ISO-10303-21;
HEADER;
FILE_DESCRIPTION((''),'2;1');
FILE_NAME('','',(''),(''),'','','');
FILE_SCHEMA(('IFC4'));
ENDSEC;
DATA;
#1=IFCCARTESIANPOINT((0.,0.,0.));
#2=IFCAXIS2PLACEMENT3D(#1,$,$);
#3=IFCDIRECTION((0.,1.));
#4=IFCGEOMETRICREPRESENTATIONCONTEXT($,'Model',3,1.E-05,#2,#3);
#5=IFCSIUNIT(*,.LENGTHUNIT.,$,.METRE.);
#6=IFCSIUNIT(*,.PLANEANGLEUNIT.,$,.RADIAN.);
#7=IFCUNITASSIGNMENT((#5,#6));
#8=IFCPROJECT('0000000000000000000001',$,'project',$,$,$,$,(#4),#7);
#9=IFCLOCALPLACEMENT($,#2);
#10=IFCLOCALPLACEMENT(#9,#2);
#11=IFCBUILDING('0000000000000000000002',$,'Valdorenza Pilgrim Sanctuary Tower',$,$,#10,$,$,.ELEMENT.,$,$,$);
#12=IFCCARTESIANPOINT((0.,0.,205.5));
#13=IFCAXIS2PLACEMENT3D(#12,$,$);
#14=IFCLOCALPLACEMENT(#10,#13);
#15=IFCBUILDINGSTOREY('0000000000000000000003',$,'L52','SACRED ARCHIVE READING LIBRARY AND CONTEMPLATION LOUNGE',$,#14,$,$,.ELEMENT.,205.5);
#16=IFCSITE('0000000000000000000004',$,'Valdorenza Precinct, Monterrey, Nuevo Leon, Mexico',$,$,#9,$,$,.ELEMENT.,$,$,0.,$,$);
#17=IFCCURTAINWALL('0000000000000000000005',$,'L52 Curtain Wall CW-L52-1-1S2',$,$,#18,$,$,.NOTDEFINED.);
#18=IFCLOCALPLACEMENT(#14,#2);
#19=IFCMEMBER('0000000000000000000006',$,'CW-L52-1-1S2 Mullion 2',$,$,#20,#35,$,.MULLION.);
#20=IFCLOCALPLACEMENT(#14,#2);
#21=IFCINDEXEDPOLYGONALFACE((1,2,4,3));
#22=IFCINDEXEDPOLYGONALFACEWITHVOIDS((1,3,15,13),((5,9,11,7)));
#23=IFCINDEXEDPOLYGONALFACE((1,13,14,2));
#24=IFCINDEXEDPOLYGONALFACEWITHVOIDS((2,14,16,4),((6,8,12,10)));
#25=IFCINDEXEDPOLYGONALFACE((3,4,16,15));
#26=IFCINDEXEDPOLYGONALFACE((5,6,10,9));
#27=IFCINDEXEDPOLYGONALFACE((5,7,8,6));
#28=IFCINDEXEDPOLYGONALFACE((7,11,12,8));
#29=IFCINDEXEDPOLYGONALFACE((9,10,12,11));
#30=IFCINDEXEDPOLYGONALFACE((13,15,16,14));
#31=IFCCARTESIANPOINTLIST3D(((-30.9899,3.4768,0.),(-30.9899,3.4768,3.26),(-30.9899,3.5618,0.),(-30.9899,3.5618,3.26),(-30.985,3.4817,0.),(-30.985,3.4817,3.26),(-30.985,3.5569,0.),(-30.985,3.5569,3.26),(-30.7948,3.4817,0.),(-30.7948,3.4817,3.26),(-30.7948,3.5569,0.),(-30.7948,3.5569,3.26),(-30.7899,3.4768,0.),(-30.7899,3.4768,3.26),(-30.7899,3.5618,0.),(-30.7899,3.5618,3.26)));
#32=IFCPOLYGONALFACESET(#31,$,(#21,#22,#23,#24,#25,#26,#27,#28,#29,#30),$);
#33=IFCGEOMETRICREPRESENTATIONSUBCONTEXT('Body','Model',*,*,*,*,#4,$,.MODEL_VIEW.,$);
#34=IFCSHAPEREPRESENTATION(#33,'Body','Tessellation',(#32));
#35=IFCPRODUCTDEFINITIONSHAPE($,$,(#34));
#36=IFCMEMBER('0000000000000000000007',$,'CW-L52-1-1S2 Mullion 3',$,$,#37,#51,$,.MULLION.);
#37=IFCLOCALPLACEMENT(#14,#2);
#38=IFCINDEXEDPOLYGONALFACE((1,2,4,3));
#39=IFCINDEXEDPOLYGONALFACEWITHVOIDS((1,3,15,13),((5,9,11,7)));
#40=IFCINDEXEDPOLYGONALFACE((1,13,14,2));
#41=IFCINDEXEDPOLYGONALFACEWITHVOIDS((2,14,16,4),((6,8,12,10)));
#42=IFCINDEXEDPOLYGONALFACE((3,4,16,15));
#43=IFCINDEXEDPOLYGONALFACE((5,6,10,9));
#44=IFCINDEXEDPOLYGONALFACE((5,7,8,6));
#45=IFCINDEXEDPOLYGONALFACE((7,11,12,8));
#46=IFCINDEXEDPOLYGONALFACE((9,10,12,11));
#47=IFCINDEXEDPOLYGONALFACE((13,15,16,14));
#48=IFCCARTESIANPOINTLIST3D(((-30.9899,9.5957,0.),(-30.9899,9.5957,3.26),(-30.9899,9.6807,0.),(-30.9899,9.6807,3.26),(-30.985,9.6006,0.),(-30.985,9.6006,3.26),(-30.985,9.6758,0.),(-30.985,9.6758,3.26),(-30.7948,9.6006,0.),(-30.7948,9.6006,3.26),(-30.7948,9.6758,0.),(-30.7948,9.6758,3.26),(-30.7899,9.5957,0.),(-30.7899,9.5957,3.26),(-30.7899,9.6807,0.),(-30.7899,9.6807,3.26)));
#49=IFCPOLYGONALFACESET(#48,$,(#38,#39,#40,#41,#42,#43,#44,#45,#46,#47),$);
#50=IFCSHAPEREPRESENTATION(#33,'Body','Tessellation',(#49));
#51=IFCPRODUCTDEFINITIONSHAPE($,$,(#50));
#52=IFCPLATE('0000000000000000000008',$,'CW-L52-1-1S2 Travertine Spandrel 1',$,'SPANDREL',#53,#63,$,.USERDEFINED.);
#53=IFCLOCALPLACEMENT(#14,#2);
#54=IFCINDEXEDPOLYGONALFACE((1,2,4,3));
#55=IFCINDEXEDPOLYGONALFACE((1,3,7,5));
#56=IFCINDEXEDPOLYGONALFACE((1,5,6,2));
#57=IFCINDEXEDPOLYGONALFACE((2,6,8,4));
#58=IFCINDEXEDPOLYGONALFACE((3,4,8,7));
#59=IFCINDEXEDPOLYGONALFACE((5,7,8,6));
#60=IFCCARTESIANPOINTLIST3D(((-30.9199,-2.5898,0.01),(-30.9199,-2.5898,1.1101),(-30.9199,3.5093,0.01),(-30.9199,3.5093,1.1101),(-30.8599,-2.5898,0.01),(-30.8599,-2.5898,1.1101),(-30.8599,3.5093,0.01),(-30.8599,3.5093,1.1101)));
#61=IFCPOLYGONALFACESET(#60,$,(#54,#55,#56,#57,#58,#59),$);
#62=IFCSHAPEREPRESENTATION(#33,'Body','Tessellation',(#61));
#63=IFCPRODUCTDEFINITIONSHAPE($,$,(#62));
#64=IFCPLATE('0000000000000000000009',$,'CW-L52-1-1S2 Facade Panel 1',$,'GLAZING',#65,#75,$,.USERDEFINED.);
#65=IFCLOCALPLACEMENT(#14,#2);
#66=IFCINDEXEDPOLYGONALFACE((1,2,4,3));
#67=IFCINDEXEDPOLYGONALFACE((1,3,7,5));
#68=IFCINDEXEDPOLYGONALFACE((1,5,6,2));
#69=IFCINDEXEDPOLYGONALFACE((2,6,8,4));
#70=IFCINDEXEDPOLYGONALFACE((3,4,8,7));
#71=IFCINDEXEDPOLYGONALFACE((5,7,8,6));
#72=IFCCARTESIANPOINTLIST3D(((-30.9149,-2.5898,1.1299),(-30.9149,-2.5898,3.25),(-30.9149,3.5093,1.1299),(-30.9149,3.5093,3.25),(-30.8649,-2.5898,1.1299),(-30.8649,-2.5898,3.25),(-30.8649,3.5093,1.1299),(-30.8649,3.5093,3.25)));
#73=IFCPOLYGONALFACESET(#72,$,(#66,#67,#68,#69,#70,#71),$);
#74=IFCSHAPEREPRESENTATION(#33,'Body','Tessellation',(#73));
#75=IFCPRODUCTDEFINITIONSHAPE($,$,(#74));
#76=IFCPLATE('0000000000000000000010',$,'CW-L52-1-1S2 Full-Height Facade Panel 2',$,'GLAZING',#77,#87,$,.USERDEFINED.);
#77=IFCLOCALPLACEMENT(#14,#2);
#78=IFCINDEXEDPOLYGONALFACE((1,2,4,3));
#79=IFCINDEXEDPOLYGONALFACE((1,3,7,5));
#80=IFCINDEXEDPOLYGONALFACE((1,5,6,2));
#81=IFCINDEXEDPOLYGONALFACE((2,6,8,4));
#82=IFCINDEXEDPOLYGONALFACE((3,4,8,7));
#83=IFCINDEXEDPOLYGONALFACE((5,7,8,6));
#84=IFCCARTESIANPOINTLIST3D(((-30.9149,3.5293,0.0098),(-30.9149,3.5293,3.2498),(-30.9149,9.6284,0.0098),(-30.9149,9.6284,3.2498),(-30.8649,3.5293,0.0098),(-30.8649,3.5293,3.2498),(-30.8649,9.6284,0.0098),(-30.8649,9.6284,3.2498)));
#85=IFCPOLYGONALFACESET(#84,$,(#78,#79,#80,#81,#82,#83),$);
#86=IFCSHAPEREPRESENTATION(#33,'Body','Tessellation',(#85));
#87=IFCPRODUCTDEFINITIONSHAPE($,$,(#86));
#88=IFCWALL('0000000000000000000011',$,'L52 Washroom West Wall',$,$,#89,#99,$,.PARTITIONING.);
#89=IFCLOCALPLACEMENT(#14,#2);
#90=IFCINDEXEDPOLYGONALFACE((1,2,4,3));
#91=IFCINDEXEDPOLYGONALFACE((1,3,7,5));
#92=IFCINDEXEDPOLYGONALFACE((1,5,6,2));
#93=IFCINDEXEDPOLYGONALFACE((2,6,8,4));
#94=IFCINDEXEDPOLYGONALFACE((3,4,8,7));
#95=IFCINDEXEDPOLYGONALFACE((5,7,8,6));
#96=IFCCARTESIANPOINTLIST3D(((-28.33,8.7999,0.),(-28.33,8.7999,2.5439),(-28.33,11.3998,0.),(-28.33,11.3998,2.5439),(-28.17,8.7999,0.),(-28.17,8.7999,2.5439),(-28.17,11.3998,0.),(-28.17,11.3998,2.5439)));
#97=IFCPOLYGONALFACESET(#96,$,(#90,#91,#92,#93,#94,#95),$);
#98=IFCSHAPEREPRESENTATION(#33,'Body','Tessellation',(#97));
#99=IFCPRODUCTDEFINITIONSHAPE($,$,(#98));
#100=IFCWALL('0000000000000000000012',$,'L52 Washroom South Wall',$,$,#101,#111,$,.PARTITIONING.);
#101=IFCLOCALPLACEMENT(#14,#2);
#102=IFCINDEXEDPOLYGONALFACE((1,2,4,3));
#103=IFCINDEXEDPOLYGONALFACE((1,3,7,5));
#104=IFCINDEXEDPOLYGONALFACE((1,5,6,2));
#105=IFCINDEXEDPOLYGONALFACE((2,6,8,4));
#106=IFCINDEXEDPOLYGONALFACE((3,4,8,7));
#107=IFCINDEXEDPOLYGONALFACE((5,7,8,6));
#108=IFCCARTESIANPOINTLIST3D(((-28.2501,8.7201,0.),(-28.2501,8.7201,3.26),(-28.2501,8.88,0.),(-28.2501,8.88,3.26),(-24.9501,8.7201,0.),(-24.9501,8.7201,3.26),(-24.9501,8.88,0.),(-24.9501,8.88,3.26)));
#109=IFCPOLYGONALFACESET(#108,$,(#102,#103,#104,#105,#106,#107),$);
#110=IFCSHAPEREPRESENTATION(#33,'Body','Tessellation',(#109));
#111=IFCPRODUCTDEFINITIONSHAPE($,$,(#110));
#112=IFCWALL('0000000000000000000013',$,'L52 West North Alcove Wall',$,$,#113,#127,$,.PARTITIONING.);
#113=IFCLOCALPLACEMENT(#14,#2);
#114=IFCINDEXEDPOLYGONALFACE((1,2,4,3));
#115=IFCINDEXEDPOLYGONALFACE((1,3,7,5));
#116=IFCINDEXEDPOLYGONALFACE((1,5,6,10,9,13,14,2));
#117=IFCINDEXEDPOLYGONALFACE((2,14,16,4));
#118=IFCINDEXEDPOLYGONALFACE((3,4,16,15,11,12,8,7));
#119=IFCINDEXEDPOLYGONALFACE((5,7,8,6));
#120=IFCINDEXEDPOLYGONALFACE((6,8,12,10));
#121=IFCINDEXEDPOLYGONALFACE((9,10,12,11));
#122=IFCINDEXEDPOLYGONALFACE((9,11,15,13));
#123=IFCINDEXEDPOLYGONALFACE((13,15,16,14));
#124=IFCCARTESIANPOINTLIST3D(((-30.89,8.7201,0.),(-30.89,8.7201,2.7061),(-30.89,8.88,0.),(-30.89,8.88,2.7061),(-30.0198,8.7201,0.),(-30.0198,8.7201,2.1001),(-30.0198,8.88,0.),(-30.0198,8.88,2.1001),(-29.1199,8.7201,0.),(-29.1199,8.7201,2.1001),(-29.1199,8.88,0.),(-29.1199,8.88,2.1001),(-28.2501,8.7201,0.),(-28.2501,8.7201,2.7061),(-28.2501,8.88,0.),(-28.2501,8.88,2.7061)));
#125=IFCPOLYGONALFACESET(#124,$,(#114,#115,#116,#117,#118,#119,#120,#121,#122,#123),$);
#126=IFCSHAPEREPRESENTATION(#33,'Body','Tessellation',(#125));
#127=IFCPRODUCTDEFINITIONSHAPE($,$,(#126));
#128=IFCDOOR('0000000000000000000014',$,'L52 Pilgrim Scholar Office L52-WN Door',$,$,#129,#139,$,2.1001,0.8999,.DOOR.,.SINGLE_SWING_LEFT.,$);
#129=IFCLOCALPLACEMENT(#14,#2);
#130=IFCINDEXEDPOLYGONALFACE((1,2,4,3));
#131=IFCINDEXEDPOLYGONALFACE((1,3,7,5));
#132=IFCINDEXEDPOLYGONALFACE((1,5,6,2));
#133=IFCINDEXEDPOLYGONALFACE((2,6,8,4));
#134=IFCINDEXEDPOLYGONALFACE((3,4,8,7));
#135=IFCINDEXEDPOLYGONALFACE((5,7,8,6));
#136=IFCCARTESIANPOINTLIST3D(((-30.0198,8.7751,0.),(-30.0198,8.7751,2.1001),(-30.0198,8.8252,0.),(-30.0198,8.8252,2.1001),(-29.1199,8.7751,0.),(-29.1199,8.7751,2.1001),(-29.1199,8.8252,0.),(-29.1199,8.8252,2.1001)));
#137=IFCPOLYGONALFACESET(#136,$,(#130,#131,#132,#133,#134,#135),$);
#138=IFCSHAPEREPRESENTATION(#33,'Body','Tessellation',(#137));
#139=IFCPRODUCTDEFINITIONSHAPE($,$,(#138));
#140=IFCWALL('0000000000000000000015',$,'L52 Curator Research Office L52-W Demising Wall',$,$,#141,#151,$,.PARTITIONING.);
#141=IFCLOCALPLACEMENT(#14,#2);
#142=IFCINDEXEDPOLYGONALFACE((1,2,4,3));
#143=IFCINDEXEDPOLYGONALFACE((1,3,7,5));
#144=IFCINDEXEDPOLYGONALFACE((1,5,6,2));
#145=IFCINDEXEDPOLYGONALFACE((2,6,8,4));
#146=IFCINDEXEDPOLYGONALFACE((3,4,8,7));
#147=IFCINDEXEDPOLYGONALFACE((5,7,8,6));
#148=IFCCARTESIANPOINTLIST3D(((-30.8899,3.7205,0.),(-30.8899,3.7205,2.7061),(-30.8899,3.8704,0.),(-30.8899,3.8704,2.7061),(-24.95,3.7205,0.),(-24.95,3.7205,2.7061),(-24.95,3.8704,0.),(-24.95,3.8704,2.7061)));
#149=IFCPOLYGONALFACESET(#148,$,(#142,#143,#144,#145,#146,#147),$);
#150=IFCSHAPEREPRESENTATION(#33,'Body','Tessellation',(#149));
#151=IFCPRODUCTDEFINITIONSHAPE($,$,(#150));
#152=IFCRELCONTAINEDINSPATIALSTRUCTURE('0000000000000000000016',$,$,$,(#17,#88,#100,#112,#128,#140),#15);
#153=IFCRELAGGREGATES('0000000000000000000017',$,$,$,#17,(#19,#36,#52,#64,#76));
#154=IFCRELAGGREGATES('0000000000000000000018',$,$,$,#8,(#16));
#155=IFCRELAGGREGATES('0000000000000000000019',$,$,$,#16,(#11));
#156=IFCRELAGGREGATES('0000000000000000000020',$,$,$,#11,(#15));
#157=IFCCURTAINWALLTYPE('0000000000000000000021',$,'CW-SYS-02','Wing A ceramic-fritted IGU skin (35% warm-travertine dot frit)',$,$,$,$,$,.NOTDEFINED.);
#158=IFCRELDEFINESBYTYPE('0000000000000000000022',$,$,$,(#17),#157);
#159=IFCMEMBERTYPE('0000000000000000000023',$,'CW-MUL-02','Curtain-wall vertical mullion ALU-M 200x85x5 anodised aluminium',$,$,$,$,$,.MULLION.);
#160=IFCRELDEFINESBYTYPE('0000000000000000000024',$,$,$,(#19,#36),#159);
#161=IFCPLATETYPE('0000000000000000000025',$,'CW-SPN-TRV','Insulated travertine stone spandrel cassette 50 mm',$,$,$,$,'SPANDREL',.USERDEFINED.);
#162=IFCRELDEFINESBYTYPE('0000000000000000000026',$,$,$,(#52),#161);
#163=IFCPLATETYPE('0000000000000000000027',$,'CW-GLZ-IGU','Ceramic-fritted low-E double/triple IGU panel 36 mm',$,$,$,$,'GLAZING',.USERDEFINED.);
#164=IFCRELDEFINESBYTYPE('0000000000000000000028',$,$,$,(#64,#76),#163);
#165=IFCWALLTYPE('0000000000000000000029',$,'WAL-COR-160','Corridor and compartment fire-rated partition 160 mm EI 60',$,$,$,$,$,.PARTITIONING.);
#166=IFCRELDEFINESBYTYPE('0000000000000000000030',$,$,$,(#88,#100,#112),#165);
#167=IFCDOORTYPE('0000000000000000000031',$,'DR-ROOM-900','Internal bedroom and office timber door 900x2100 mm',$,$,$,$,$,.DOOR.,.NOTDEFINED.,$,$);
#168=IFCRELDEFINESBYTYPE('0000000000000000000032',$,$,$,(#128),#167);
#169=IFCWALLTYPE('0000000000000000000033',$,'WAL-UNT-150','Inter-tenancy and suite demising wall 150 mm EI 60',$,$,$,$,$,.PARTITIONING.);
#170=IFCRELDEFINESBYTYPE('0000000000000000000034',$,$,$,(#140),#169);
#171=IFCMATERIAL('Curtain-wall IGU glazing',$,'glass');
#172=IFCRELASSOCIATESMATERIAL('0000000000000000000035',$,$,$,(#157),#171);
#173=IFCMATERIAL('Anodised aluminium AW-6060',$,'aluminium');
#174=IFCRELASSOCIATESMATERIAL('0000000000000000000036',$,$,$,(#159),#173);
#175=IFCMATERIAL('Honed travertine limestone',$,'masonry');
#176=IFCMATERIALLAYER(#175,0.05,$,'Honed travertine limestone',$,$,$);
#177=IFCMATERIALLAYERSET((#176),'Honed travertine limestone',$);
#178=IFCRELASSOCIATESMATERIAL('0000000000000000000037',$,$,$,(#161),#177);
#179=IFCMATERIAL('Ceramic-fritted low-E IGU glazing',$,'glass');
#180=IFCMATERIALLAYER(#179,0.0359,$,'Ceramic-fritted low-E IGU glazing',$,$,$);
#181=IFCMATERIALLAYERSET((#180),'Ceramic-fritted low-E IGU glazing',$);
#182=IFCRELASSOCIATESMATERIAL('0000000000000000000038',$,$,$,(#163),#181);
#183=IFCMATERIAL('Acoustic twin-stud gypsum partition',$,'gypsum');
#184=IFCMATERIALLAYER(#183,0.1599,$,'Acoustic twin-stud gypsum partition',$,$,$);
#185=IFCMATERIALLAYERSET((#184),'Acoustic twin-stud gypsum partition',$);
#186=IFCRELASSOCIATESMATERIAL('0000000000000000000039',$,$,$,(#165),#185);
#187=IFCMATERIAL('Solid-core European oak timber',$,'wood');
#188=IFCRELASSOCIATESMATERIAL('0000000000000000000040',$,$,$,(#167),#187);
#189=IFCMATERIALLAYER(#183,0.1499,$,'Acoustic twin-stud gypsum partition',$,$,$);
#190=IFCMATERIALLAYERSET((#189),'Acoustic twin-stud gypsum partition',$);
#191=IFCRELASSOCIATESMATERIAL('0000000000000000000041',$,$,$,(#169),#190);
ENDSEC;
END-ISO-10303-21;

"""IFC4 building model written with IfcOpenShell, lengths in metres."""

from ifc_helpers import new_model, si_unit, direction, frame, frame_2d, origin, origin_2d, place, context, subcontext, project, spatial, rectangle, hollow_rectangle, extrude, source, transform, mapped, material, layer, layer_set, material_profile, profile_set, type_object, element, fill, aggregate, save


model = new_model("IFC4")

# Units and contexts
model_context = context("Model", 3, precision=1e-05, world=origin(), true_north=direction((0.0, 1.0)))
body_context = subcontext(model_context, "Body", "Model", "MODEL_VIEW")
ifc_project = project(units=[si_unit("LENGTHUNIT", "METRE"), si_unit("PLANEANGLEUNIT", "RADIAN")], contexts=[model_context])

# Site, building, storey
site_placement = place(None, origin())
site = spatial("IfcSite", under=ifc_project, at=site_placement, Name="Valdorenza Precinct, Monterrey, Nuevo Leon, Mexico", CompositionType="ELEMENT", RefElevation=0.0)
building_placement = place(site_placement, origin())
building = spatial("IfcBuilding", under=site, at=building_placement, Name="Valdorenza Pilgrim Sanctuary Tower", CompositionType="ELEMENT")
storey_placement = place(building_placement, frame((0.0, 0.0, 205.5)))
storey = spatial("IfcBuildingStorey", under=building, at=storey_placement, Name="L52", Description="SACRED ARCHIVE READING LIBRARY AND CONTEMPLATION LOUNGE", CompositionType="ELEMENT", Elevation=205.5)

# Curtain wall, members, plates
ifc_material_1 = material(Name="Curtain-wall IGU glazing", Category="glass")
curtain_wall_type = type_object("IfcCurtainWallType", Name="CW-SYS-02", Description="Wing A ceramic-fritted IGU skin (35% warm-travertine dot frit)", PredefinedType="NOTDEFINED", material=ifc_material_1)
curtain_wall_placement = place(storey_placement, origin())
curtain_wall = element("IfcCurtainWall", 1, at=curtain_wall_placement, inside=storey, type_object=curtain_wall_type, Name="L52 Curtain Wall CW-L52-1-1S2", PredefinedType="NOTDEFINED")
ifc_material_2 = material(Name="Anodised aluminium AW-6060", Category="aluminium")
ifc_material_profile_1 = material_profile(ifc_material_2, hollow_rectangle(XDim=0.085, YDim=0.2, WallThickness=0.0049, at=origin_2d()), Name="ALU-M 200x85x5")
ifc_profile_set_1 = profile_set([ifc_material_profile_1], Name="Anodised aluminium AW-6060")
member_type = type_object("IfcMemberType", Name="CW-MUL-02", Description="Curtain-wall vertical mullion ALU-M 200x85x5 anodised aluminium", PredefinedType="MULLION", material=ifc_profile_set_1)
shared_shape_1 = source(origin(), body_context, "Body", "SweptSolid", [
    extrude(hollow_rectangle(XDim=0.085, YDim=0.2, WallThickness=0.0049, at=origin_2d()), origin(), (0.0, 0.0, 1.0), 3.26),
])
member_1_placement = place(storey_placement, frame((-30.8899, 3.5193, 0.0), z_axis=(0.0, 0.0, 1.0), x_axis=(0.0, 1.0, 0.0)))
member_1 = element("IfcMember", 2, at=member_1_placement, type_object=member_type, Name="CW-L52-1-1S2 Mullion 2", PredefinedType="MULLION", context=body_context, shape_type="MappedRepresentation", body=[
    mapped(shared_shape_1, transform((0.0, 0.0, 0.0), x_axis=(1.0, 0.0, 0.0), y_axis=(0.0, 1.0, 0.0), z_axis=(0.0, 0.0, 1.0), scale=1.0)),
])
member_2_placement = place(storey_placement, frame((-30.8899, 9.6382, 0.0), z_axis=(0.0, 0.0, 1.0), x_axis=(0.0, 1.0, 0.0)))
member_2 = element("IfcMember", 3, at=member_2_placement, type_object=member_type, Name="CW-L52-1-1S2 Mullion 3", PredefinedType="MULLION", context=body_context, shape_type="MappedRepresentation", body=[
    mapped(shared_shape_1, transform((0.0, 0.0, 0.0), x_axis=(1.0, 0.0, 0.0), y_axis=(0.0, 1.0, 0.0), z_axis=(0.0, 0.0, 1.0), scale=1.0)),
])
ifc_material_3 = material(Name="Honed travertine limestone", Category="masonry")
ifc_layer_1 = layer(ifc_material_3, 0.05, Name="Honed travertine limestone")
ifc_layer_set_1 = layer_set([ifc_layer_1], Name="Honed travertine limestone")
plate_type_1 = type_object("IfcPlateType", Name="CW-SPN-TRV", Description="Insulated travertine stone spandrel cassette 50 mm", ElementType="SPANDREL", PredefinedType="USERDEFINED", material=ifc_layer_set_1)
shared_shape_2 = source(origin(), body_context, "Body", "SweptSolid", [
    extrude(rectangle(XDim=6.0991, YDim=0.0601, at=origin_2d()), origin(), (0.0, 0.0, 1.0), 1.1001),
])
plate_1_placement = place(storey_placement, frame((-30.8899, 0.4597, 0.01), z_axis=(0.0, 0.0, 1.0), x_axis=(0.0, 1.0, 0.0)))
plate_1 = element("IfcPlate", 4, at=plate_1_placement, type_object=plate_type_1, Name="CW-L52-1-1S2 Travertine Spandrel 1", ObjectType="SPANDREL", PredefinedType="USERDEFINED", context=body_context, shape_type="MappedRepresentation", body=[
    mapped(shared_shape_2, transform((0.0, 0.0, 0.0), x_axis=(1.0, 0.0, 0.0), y_axis=(0.0, 1.0, 0.0), z_axis=(0.0, 0.0, 1.0), scale=1.0)),
])
ifc_material_4 = material(Name="Ceramic-fritted low-E IGU glazing", Category="glass")
ifc_layer_2 = layer(ifc_material_4, 0.0359, Name="Ceramic-fritted low-E IGU glazing")
ifc_layer_set_2 = layer_set([ifc_layer_2], Name="Ceramic-fritted low-E IGU glazing")
plate_type_2 = type_object("IfcPlateType", Name="CW-GLZ-IGU", Description="Ceramic-fritted low-E double/triple IGU panel 36 mm", ElementType="GLAZING", PredefinedType="USERDEFINED", material=ifc_layer_set_2)
shared_shape_3 = source(origin(), body_context, "Body", "SweptSolid", [
    extrude(rectangle(XDim=6.0991, YDim=0.05, at=origin_2d()), origin(), (0.0, 0.0, 1.0), 2.1201),
])
plate_2_placement = place(storey_placement, frame((-30.8899, 0.4597, 1.1299), z_axis=(0.0, 0.0, 1.0), x_axis=(0.0, 1.0, 0.0)))
plate_2 = element("IfcPlate", 5, at=plate_2_placement, type_object=plate_type_2, Name="CW-L52-1-1S2 Facade Panel 1", ObjectType="GLAZING", PredefinedType="USERDEFINED", context=body_context, shape_type="MappedRepresentation", body=[
    mapped(shared_shape_3, transform((0.0, 0.0, 0.0), x_axis=(1.0, 0.0, 0.0), y_axis=(0.0, 1.0, 0.0), z_axis=(0.0, 0.0, 1.0), scale=1.0)),
])
shared_shape_4 = source(origin(), body_context, "Body", "SweptSolid", [
    extrude(rectangle(XDim=6.0991, YDim=0.05, at=origin_2d()), origin(), (0.0, 0.0, 1.0), 3.24),
])
plate_3_placement = place(storey_placement, frame((-30.8899, 6.5789, 0.0098), z_axis=(0.0, 0.0, 1.0), x_axis=(0.0, 1.0, 0.0)))
plate_3 = element("IfcPlate", 6, at=plate_3_placement, type_object=plate_type_2, Name="CW-L52-1-1S2 Full-Height Facade Panel 2", ObjectType="GLAZING", PredefinedType="USERDEFINED", context=body_context, shape_type="MappedRepresentation", body=[
    mapped(shared_shape_4, transform((0.0, 0.0, 0.0), x_axis=(1.0, 0.0, 0.0), y_axis=(0.0, 1.0, 0.0), z_axis=(0.0, 0.0, 1.0), scale=1.0)),
])
aggregate(curtain_wall, [member_1, member_2, plate_1, plate_2, plate_3])

# Walls
ifc_material_5 = material(Name="Acoustic twin-stud gypsum partition", Category="gypsum")
ifc_layer_3 = layer(ifc_material_5, 0.1599, Name="Acoustic twin-stud gypsum partition")
ifc_layer_set_3 = layer_set([ifc_layer_3], Name="Acoustic twin-stud gypsum partition")
wall_type_1 = type_object("IfcWallType", Name="WAL-COR-160", Description="Corridor and compartment fire-rated partition 160 mm EI 60", PredefinedType="PARTITIONING", material=ifc_layer_set_3)
wall_1_placement = place(storey_placement, frame((-28.25, 8.8, 0.0), z_axis=(0.0, 0.0, 1.0), x_axis=(0.0, 1.0, 0.0)))
element("IfcWall", 7, at=wall_1_placement, inside=storey, type_object=wall_type_1, Name="L52 Washroom West Wall", PredefinedType="PARTITIONING", context=body_context, shape_type="SweptSolid", body=[
    extrude(rectangle(XDim=2.5999, YDim=0.1599, at=frame_2d((1.2998, 0.0))), origin(), (0.0, 0.0, 1.0), 2.5439),
])
wall_2_placement = place(storey_placement, frame((-28.25, 8.8, 0.0), z_axis=(0.0, 0.0, 1.0), x_axis=(1.0, 0.0, 0.0)))
element("IfcWall", 8, at=wall_2_placement, inside=storey, type_object=wall_type_1, Name="L52 Washroom South Wall", PredefinedType="PARTITIONING", context=body_context, shape_type="SweptSolid", body=[
    extrude(rectangle(XDim=3.3, YDim=0.1599, at=frame_2d((1.6499, 0.0))), origin(), (0.0, 0.0, 1.0), 3.26),
])

# Wall, opening, door
wall_3_placement = place(storey_placement, frame((-30.8899, 8.8, 0.0), z_axis=(0.0, 0.0, 1.0), x_axis=(1.0, 0.0, 0.0)))
wall_3 = element("IfcWall", 9, at=wall_3_placement, inside=storey, type_object=wall_type_1, Name="L52 West North Alcove Wall", PredefinedType="PARTITIONING", context=body_context, shape_type="SweptSolid", body=[
    extrude(rectangle(XDim=2.6399, YDim=0.1599, at=frame_2d((1.3198, 0.0))), origin(), (0.0, 0.0, 1.0), 2.7061),
])
opening_placement = place(wall_3_placement, frame((0.8701, 0.0, 0.0)))
opening = element("IfcOpeningElement", 10, at=opening_placement, cuts=wall_3, PredefinedType="OPENING", context=body_context, shape_type="SweptSolid", body=[
    extrude(rectangle(XDim=0.8999, YDim=2.1001, at=frame_2d((0.45, 1.05))), frame((0.0, 0.0947, 0.0), z_axis=(0.0, -1.0, 0.0), x_axis=(1.0, 0.0, 0.0)), (0.0, 0.0, 1.0), 0.1897),
])
ifc_material_6 = material(Name="Solid-core European oak timber", Category="wood")
door_type = type_object("IfcDoorType", Name="DR-ROOM-900", Description="Internal bedroom and office timber door 900x2100 mm", OperationType="NOTDEFINED", PredefinedType="DOOR", material=ifc_material_6)
door_placement = place(opening_placement, frame((0.8999, 0.0, 0.0), z_axis=(0.0, 0.0, 1.0), x_axis=(-1.0, 0.0, 0.0)))
door = element("IfcDoor", 11, at=door_placement, inside=storey, type_object=door_type, Name="L52 Pilgrim Scholar Office L52-WN Door", OperationType="SINGLE_SWING_LEFT", OverallHeight=2.1001, OverallWidth=0.8999, PredefinedType="DOOR", context=body_context, shape_type="SweptSolid", body=[
    extrude(rectangle(XDim=0.8999, YDim=2.1001, at=frame_2d((0.45, 1.05))), frame((0.0, 0.0249, 0.0), z_axis=(0.0, -1.0, 0.0), x_axis=(1.0, 0.0, 0.0)), (0.0, 0.0, 1.0), 0.05),
])
fill(opening, door)

# Wall
ifc_layer_4 = layer(ifc_material_5, 0.1499, Name="Acoustic twin-stud gypsum partition")
ifc_layer_set_4 = layer_set([ifc_layer_4], Name="Acoustic twin-stud gypsum partition")
wall_type_2 = type_object("IfcWallType", Name="WAL-UNT-150", Description="Inter-tenancy and suite demising wall 150 mm EI 60", PredefinedType="PARTITIONING", material=ifc_layer_set_4)
wall_4_placement = place(storey_placement, frame((-30.8899, 3.7954, 0.0), z_axis=(0.0, 0.0, 1.0), x_axis=(1.0, 0.0, 0.0)))
element("IfcWall", 12, at=wall_4_placement, inside=storey, type_object=wall_type_2, Name="L52 Curator Research Office L52-W Demising Wall", PredefinedType="PARTITIONING", context=body_context, shape_type="SweptSolid", body=[
    extrude(rectangle(XDim=5.9399, YDim=0.1499, at=frame_2d((2.97, 0.0))), origin(), (0.0, 0.0, 1.0), 2.7061),
])

save(model, "model.ifc")
